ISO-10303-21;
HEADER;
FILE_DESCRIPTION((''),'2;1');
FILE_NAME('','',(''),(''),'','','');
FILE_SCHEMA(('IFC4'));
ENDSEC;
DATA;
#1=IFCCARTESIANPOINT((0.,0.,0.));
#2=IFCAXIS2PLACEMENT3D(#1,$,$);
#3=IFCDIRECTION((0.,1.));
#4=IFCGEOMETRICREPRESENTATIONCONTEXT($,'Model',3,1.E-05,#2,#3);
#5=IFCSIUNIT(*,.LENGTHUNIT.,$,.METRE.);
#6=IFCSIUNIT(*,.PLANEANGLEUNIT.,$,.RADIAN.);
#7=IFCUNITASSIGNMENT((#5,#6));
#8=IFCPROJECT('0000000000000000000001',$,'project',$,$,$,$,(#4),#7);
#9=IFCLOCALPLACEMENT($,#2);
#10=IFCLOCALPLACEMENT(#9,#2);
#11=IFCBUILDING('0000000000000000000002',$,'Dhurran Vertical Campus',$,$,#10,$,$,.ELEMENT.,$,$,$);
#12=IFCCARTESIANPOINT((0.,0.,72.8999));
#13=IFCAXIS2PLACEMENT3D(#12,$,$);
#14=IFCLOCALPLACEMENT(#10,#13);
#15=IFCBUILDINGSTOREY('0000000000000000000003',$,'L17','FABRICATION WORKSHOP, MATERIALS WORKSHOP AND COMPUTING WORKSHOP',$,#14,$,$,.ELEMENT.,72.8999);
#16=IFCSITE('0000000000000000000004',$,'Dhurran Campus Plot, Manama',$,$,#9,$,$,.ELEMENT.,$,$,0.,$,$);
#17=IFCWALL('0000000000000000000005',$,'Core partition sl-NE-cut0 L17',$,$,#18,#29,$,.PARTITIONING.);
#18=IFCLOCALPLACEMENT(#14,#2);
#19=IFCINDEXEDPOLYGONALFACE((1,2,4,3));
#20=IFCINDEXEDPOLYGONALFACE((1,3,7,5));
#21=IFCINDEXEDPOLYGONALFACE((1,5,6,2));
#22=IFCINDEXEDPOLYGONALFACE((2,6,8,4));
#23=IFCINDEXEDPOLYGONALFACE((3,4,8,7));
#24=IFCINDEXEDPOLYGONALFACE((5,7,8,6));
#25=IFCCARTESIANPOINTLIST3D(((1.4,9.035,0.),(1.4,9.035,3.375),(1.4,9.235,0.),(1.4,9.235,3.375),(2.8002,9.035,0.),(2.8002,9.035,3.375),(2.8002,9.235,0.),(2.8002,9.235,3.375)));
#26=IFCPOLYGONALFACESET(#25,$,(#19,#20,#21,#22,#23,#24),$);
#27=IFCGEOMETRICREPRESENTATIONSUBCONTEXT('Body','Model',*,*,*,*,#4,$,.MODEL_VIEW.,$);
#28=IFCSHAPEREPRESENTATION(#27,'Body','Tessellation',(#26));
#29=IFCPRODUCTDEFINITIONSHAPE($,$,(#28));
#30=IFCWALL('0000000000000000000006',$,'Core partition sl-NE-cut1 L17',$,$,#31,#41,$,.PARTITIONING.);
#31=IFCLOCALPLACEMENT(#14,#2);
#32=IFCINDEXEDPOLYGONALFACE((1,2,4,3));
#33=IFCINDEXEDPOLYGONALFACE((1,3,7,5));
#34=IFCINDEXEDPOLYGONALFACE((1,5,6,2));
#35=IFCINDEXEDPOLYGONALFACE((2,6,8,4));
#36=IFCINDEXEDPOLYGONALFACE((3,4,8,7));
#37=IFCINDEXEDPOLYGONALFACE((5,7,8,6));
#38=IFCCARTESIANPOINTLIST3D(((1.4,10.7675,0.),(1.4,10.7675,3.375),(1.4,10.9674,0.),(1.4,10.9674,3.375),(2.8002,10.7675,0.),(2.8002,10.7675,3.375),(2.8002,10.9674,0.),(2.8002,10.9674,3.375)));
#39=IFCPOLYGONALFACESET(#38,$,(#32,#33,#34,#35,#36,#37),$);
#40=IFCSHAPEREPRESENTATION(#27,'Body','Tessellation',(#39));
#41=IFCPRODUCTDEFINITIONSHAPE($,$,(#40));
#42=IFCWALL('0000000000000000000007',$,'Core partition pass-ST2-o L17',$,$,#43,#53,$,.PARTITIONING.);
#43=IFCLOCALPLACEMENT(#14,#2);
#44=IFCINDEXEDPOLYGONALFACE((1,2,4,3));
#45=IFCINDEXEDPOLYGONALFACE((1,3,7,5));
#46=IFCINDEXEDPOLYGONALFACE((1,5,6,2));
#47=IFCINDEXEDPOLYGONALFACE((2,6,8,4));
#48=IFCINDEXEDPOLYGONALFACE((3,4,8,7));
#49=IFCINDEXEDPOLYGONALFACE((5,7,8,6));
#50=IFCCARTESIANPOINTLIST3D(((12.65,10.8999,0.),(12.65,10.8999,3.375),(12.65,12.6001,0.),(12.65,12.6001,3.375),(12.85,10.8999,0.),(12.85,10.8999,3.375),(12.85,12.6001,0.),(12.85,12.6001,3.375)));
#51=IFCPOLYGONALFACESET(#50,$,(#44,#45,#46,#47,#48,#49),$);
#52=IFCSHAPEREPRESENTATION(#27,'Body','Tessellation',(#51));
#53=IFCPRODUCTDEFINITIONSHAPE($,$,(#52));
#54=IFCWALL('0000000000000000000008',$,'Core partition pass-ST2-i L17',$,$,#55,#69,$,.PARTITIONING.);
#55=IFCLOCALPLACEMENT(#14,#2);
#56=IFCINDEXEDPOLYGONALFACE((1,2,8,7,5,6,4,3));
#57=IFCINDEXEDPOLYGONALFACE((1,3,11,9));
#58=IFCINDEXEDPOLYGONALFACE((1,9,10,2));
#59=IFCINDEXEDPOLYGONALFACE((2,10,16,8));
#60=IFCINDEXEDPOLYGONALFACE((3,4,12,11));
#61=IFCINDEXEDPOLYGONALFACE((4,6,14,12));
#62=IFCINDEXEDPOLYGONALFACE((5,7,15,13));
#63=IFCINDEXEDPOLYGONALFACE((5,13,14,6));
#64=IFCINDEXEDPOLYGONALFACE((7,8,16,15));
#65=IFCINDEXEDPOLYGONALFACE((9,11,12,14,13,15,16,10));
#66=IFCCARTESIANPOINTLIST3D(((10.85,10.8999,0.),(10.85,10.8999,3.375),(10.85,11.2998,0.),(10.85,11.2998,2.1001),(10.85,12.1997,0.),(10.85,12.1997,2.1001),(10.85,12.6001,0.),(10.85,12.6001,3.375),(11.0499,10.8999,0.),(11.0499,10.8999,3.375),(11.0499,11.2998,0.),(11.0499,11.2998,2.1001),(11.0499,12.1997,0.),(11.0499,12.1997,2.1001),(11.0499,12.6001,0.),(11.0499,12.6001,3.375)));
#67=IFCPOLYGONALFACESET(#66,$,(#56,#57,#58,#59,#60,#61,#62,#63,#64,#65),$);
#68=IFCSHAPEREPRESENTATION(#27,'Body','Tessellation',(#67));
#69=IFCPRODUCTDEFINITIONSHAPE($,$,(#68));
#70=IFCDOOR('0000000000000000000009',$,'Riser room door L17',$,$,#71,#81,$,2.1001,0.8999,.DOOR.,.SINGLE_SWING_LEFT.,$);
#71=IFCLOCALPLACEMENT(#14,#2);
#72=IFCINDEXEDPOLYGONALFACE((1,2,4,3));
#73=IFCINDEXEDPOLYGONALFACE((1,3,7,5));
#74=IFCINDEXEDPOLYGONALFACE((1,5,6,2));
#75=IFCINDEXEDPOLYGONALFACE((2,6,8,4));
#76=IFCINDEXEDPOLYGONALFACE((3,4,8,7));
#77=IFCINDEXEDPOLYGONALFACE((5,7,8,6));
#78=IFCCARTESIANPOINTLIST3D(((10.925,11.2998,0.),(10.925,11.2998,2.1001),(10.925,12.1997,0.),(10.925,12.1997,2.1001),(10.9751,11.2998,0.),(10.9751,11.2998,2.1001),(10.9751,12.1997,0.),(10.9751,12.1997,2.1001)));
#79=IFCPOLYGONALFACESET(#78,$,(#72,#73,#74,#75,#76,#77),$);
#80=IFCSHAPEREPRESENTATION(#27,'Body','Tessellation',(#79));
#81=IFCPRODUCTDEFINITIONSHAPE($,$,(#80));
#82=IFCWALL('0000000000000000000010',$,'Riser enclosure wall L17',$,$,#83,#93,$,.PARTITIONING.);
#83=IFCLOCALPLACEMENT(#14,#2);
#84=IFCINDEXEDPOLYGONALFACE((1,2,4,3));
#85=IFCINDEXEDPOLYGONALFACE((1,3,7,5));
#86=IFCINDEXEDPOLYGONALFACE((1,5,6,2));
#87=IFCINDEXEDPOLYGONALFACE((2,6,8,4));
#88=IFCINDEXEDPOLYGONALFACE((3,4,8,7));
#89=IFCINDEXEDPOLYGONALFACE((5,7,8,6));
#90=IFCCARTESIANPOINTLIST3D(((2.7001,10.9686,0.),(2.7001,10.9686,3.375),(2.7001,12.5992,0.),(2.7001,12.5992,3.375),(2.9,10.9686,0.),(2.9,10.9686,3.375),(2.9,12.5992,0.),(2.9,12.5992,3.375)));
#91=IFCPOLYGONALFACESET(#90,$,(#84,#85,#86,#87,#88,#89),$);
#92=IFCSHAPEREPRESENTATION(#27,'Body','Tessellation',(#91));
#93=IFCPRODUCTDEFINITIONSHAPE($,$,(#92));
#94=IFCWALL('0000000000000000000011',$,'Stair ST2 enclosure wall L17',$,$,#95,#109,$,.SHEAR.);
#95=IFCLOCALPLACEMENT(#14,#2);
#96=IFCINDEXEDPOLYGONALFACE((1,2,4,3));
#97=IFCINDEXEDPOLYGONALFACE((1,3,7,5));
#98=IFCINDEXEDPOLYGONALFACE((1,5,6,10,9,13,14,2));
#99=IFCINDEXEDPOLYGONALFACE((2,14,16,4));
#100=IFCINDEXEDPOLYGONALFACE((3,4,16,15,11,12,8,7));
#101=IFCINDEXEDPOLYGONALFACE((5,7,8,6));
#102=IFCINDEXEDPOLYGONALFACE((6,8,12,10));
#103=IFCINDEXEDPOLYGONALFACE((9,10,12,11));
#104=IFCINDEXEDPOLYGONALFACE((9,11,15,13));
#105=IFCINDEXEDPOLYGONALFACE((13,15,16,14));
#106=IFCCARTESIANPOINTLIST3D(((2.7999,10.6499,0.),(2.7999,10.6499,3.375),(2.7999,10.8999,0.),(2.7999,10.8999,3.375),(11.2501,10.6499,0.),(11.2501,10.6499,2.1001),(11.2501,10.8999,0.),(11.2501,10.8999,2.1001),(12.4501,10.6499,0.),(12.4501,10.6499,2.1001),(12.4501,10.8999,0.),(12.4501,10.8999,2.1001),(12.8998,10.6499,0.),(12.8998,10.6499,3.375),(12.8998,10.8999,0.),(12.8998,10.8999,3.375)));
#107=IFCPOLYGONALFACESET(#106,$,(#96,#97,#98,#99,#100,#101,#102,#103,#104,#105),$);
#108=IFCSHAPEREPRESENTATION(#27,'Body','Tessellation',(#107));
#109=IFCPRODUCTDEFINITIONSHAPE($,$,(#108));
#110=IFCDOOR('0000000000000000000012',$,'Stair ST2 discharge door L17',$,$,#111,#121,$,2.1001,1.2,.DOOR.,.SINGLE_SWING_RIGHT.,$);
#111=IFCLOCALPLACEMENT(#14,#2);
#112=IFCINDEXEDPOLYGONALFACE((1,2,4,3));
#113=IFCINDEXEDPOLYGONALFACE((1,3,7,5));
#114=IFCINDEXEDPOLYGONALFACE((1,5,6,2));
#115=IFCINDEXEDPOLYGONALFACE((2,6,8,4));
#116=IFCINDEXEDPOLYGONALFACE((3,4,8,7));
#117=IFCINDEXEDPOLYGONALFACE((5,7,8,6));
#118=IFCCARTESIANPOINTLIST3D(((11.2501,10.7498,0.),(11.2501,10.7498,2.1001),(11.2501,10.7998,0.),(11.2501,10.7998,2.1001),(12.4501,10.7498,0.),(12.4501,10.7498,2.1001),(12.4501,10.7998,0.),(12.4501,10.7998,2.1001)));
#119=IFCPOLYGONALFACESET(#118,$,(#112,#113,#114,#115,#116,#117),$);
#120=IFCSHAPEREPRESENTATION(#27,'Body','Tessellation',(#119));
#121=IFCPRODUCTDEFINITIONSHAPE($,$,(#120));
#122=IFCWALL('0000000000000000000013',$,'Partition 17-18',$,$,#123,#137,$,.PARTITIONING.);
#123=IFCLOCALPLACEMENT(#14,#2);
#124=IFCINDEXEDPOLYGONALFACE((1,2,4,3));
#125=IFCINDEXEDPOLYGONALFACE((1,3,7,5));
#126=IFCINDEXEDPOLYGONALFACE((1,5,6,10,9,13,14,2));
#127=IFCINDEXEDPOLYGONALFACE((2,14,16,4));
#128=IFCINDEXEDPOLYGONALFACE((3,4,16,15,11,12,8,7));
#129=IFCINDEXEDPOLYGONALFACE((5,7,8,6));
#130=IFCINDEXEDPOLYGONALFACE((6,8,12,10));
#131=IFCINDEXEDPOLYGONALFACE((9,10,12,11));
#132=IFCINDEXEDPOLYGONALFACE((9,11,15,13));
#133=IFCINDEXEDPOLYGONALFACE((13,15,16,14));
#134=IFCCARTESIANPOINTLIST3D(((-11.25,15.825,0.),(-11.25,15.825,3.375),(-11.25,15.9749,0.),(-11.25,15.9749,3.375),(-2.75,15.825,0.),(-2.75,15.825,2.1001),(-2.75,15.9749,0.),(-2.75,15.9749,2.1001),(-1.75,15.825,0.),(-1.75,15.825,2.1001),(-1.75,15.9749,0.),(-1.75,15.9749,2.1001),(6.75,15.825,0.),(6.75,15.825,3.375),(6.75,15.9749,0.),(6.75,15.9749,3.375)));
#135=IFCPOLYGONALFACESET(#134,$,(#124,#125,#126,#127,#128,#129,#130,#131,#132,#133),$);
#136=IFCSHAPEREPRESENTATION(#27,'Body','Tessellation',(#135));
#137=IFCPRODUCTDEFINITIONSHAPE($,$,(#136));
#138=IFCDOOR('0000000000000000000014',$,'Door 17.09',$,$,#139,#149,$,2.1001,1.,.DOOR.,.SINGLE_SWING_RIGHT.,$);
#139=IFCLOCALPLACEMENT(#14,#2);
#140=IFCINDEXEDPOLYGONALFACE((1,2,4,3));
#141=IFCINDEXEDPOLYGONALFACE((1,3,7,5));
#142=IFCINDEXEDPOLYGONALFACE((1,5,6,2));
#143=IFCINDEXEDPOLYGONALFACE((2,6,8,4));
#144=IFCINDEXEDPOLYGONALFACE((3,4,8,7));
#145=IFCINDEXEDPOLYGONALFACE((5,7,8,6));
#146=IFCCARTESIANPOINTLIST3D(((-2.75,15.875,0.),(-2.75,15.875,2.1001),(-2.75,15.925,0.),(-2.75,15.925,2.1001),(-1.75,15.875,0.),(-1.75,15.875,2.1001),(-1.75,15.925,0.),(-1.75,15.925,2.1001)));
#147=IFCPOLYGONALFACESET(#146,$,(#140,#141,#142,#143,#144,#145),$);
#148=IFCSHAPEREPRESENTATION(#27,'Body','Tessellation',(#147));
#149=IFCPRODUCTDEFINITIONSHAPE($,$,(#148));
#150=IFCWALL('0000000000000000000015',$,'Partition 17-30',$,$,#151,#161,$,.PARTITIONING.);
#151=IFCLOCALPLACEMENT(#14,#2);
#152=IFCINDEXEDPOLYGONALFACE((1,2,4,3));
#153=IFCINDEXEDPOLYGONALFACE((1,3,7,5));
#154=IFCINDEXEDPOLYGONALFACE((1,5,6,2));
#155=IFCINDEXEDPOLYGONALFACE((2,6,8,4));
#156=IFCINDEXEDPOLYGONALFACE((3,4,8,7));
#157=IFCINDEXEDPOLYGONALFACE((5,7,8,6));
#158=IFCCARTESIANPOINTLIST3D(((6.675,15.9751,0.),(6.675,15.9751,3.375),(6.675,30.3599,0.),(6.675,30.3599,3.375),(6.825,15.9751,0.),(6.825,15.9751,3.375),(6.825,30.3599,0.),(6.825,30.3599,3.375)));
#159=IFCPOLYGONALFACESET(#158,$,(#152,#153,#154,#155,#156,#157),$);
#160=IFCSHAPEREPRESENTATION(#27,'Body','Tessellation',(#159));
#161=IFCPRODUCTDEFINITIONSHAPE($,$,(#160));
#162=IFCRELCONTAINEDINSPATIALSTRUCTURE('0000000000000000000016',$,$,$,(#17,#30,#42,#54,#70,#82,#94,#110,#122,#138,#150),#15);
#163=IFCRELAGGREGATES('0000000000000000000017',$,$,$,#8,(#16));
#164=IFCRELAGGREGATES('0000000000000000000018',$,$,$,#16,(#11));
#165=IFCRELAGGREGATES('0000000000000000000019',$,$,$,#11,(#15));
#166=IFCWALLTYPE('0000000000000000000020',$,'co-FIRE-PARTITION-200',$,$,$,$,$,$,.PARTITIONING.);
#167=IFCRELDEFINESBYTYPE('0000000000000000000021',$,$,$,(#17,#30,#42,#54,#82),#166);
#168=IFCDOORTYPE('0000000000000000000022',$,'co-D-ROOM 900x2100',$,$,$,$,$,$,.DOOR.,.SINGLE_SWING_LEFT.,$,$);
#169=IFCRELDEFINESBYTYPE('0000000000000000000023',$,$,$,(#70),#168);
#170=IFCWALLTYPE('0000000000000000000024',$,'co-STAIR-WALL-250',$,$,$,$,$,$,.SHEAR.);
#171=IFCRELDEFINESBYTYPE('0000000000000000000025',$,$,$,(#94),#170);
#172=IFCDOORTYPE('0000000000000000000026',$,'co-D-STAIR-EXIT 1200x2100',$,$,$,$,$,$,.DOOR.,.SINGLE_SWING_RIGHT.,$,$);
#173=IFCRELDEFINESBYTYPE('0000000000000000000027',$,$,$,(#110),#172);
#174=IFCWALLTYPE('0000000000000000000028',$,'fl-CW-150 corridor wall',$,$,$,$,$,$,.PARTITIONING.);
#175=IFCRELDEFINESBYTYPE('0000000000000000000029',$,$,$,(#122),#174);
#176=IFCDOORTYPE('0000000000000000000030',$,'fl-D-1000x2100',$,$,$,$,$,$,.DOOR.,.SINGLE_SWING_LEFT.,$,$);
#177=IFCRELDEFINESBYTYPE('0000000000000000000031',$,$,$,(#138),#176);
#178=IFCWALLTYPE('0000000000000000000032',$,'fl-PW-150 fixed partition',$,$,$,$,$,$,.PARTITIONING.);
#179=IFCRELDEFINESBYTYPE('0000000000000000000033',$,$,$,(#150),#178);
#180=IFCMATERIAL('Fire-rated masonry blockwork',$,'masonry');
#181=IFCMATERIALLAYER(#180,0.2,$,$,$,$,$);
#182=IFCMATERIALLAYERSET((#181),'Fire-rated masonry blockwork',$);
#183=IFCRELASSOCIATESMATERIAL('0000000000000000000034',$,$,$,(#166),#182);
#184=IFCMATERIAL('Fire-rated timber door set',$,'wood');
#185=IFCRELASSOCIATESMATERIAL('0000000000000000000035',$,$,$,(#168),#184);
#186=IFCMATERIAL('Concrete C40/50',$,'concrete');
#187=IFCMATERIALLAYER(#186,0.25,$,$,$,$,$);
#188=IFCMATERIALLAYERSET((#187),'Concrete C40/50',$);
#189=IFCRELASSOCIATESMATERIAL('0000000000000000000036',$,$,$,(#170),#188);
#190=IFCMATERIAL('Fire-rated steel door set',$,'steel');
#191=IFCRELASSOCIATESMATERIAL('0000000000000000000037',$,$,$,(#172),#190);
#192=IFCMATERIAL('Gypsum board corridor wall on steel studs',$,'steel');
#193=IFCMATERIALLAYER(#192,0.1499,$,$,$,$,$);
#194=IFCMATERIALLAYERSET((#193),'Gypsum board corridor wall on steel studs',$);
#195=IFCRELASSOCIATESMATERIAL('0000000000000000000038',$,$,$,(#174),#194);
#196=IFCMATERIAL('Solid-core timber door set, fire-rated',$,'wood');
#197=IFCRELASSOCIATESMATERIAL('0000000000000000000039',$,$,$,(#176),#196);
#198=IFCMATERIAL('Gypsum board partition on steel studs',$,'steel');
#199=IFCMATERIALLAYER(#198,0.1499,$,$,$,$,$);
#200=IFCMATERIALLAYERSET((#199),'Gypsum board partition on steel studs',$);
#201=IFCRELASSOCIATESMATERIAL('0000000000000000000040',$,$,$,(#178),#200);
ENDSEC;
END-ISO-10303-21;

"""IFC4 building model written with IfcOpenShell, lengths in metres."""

from ifc_helpers import new_model, si_unit, direction, frame, frame_2d, origin, place, context, subcontext, project, spatial, rectangle, extrude, material, layer, layer_set, type_object, element, fill, save


model = new_model("IFC4")

# Units and contexts
model_context = context("Model", 3, precision=1e-05, world=origin(), true_north=direction((0.0, 1.0)))
body_context = subcontext(model_context, "Body", "Model", "MODEL_VIEW")
ifc_project = project(units=[si_unit("LENGTHUNIT", "METRE"), si_unit("PLANEANGLEUNIT", "RADIAN")], contexts=[model_context])

# Site, building, storey
site_placement = place(None, origin())
site = spatial("IfcSite", under=ifc_project, at=site_placement, Name="Dhurran Campus Plot, Manama", CompositionType="ELEMENT", RefElevation=0.0)
building_placement = place(site_placement, origin())
building = spatial("IfcBuilding", under=site, at=building_placement, Name="Dhurran Vertical Campus", CompositionType="ELEMENT")
storey_placement = place(building_placement, frame((0.0, 0.0, 72.8999)))
storey = spatial("IfcBuildingStorey", under=building, at=storey_placement, Name="L17", Description="FABRICATION WORKSHOP, MATERIALS WORKSHOP AND COMPUTING WORKSHOP", CompositionType="ELEMENT", Elevation=72.8999)

# Walls
ifc_material_1 = material(Name="Fire-rated masonry blockwork", Category="masonry")
ifc_layer_1 = layer(ifc_material_1, 0.2)
ifc_layer_set_1 = layer_set([ifc_layer_1], Name="Fire-rated masonry blockwork")
wall_type_1 = type_object("IfcWallType", Name="co-FIRE-PARTITION-200", PredefinedType="PARTITIONING", material=ifc_layer_set_1)
for number, where, z_axis, x_axis, name in (
    (1, (1.3999, 9.135, 0.0), (0.0, 0.0, 1.0), (1.0, 0.0, 0.0), "Core partition sl-NE-cut0 L17"),
    (2, (1.3999, 10.8674, 0.0), (0.0, 0.0, 1.0), (1.0, 0.0, 0.0), "Core partition sl-NE-cut1 L17"),
):
    element("IfcWall", number, at=place(storey_placement, frame(where, z_axis=z_axis, x_axis=x_axis)), inside=storey, type_object=wall_type_1, Name=name, PredefinedType="PARTITIONING", context=body_context, shape_type="SweptSolid", body=[
        extrude(rectangle(XDim=1.4001, YDim=0.2, at=frame_2d((0.7002, 0.0))), origin(), (0.0, 0.0, 1.0), 3.375),
    ])
wall_1_placement = place(storey_placement, frame((12.75, 10.8999, 0.0), z_axis=(0.0, 0.0, 1.0), x_axis=(0.0, 1.0, 0.0)))
element("IfcWall", 3, at=wall_1_placement, inside=storey, type_object=wall_type_1, Name="Core partition pass-ST2-o L17", PredefinedType="PARTITIONING", context=body_context, shape_type="SweptSolid", body=[
    extrude(rectangle(XDim=1.7002, YDim=0.2, at=frame_2d((0.8501, 0.0))), origin(), (0.0, 0.0, 1.0), 3.375),
])

# Wall, opening, door
wall_2_placement = place(storey_placement, frame((10.95, 10.8999, 0.0), z_axis=(0.0, 0.0, 1.0), x_axis=(0.0, 1.0, 0.0)))
wall_2 = element("IfcWall", 4, at=wall_2_placement, inside=storey, type_object=wall_type_1, Name="Core partition pass-ST2-i L17", PredefinedType="PARTITIONING", context=body_context, shape_type="SweptSolid", body=[
    extrude(rectangle(XDim=1.7002, YDim=0.2, at=frame_2d((0.8501, 0.0))), origin(), (0.0, 0.0, 1.0), 3.375),
])
opening_1_placement = place(wall_2_placement, frame((0.3999, 0.0, 0.0)))
opening_1 = element("IfcOpeningElement", 5, at=opening_1_placement, cuts=wall_2, PredefinedType="OPENING", context=body_context, shape_type="SweptSolid", body=[
    extrude(rectangle(XDim=0.8999, YDim=2.1001, at=frame_2d((0.45, 1.05))), frame((0.0, 0.1099, 0.0), z_axis=(0.0, -1.0, 0.0), x_axis=(1.0, 0.0, 0.0)), (0.0, 0.0, 1.0), 0.22),
])
ifc_material_2 = material(Name="Fire-rated timber door set", Category="wood")
door_type_1 = type_object("IfcDoorType", Name="co-D-ROOM 900x2100", OperationType="SINGLE_SWING_LEFT", PredefinedType="DOOR", material=ifc_material_2)
door_1_placement = place(opening_1_placement, origin())
door_1 = element("IfcDoor", 6, at=door_1_placement, inside=storey, type_object=door_type_1, Name="Riser room door L17", OperationType="SINGLE_SWING_LEFT", OverallHeight=2.1001, OverallWidth=0.8999, PredefinedType="DOOR", context=body_context, shape_type="SweptSolid", body=[
    extrude(rectangle(XDim=0.8999, YDim=2.1001, at=frame_2d((0.45, 1.05))), frame((0.0, 0.0249, 0.0), z_axis=(0.0, -1.0, 0.0), x_axis=(1.0, 0.0, 0.0)), (0.0, 0.0, 1.0), 0.05),
])
fill(opening_1, door_1)

# Wall
wall_3_placement = place(storey_placement, frame((2.8, 10.9685, 0.0), z_axis=(0.0, 0.0, 1.0), x_axis=(0.0, 1.0, 0.0)))
element("IfcWall", 7, at=wall_3_placement, inside=storey, type_object=wall_type_1, Name="Riser enclosure wall L17", PredefinedType="PARTITIONING", context=body_context, shape_type="SweptSolid", body=[
    extrude(rectangle(XDim=1.6306, YDim=0.2, at=frame_2d((0.8154, 0.0))), origin(), (0.0, 0.0, 1.0), 3.375),
])

# Walls, openings, doors
ifc_material_3 = material(Name="Concrete C40/50", Category="concrete")
ifc_layer_2 = layer(ifc_material_3, 0.25)
ifc_layer_set_2 = layer_set([ifc_layer_2], Name="Concrete C40/50")
wall_type_2 = type_object("IfcWallType", Name="co-STAIR-WALL-250", PredefinedType="SHEAR", material=ifc_layer_set_2)
wall_4_placement = place(storey_placement, frame((2.8, 10.7749, 0.0), z_axis=(0.0, 0.0, 1.0), x_axis=(1.0, 0.0, 0.0)))
wall_4 = element("IfcWall", 8, at=wall_4_placement, inside=storey, type_object=wall_type_2, Name="Stair ST2 enclosure wall L17", PredefinedType="SHEAR", context=body_context, shape_type="SweptSolid", body=[
    extrude(rectangle(XDim=10.0999, YDim=0.25, at=frame_2d((5.0498, 0.0))), origin(), (0.0, 0.0, 1.0), 3.375),
])
opening_2_placement = place(wall_4_placement, frame((8.45, 0.0, 0.0)))
opening_2 = element("IfcOpeningElement", 9, at=opening_2_placement, cuts=wall_4, PredefinedType="OPENING", context=body_context, shape_type="SweptSolid", body=[
    extrude(rectangle(XDim=1.2, YDim=2.1001, at=frame_2d((0.6001, 1.05))), frame((0.0, 0.135, 0.0), z_axis=(0.0, -1.0, 0.0), x_axis=(1.0, 0.0, 0.0)), (0.0, 0.0, 1.0), 0.27),
])
ifc_material_4 = material(Name="Fire-rated steel door set", Category="steel")
door_type_2 = type_object("IfcDoorType", Name="co-D-STAIR-EXIT 1200x2100", OperationType="SINGLE_SWING_RIGHT", PredefinedType="DOOR", material=ifc_material_4)
door_2_placement = place(opening_2_placement, origin())
door_2 = element("IfcDoor", 10, at=door_2_placement, inside=storey, type_object=door_type_2, Name="Stair ST2 discharge door L17", OperationType="SINGLE_SWING_RIGHT", OverallHeight=2.1001, OverallWidth=1.2, PredefinedType="DOOR", context=body_context, shape_type="SweptSolid", body=[
    extrude(rectangle(XDim=1.2, YDim=2.1001, at=frame_2d((0.6001, 1.05))), frame((0.0, 0.0249, 0.0), z_axis=(0.0, -1.0, 0.0), x_axis=(1.0, 0.0, 0.0)), (0.0, 0.0, 1.0), 0.05),
])
fill(opening_2, door_2)
ifc_material_5 = material(Name="Gypsum board corridor wall on steel studs", Category="steel")
ifc_layer_3 = layer(ifc_material_5, 0.1499)
ifc_layer_set_3 = layer_set([ifc_layer_3], Name="Gypsum board corridor wall on steel studs")
wall_type_3 = type_object("IfcWallType", Name="fl-CW-150 corridor wall", PredefinedType="PARTITIONING", material=ifc_layer_set_3)
wall_5_placement = place(storey_placement, frame((6.75, 15.8999, 0.0), z_axis=(0.0, 0.0, 1.0), x_axis=(-1.0, 0.0, 0.0)))
wall_5 = element("IfcWall", 11, at=wall_5_placement, inside=storey, type_object=wall_type_3, Name="Partition 17-18", PredefinedType="PARTITIONING", context=body_context, shape_type="SweptSolid", body=[
    extrude(rectangle(XDim=18.0, YDim=0.1499, at=frame_2d((9.0, 0.0))), origin(), (0.0, 0.0, 1.0), 3.375),
])
opening_3_placement = place(wall_5_placement, frame((8.5, 0.0, 0.0)))
opening_3 = element("IfcOpeningElement", 12, at=opening_3_placement, cuts=wall_5, PredefinedType="OPENING", context=body_context, shape_type="SweptSolid", body=[
    extrude(rectangle(XDim=1.0, YDim=2.1001, at=frame_2d((0.5, 1.05))), frame((0.0, 0.085, 0.0), z_axis=(0.0, -1.0, 0.0), x_axis=(1.0, 0.0, 0.0)), (0.0, 0.0, 1.0), 0.1699),
])
ifc_material_6 = material(Name="Solid-core timber door set, fire-rated", Category="wood")
door_type_3 = type_object("IfcDoorType", Name="fl-D-1000x2100", OperationType="SINGLE_SWING_LEFT", PredefinedType="DOOR", material=ifc_material_6)
door_3_placement = place(opening_3_placement, origin())
door_3 = element("IfcDoor", 13, at=door_3_placement, inside=storey, type_object=door_type_3, Name="Door 17.09", OperationType="SINGLE_SWING_RIGHT", OverallHeight=2.1001, OverallWidth=1.0, PredefinedType="DOOR", context=body_context, shape_type="SweptSolid", body=[
    extrude(rectangle(XDim=1.0, YDim=2.1001, at=frame_2d((0.5, 1.05))), frame((0.0, 0.0249, 0.0), z_axis=(0.0, -1.0, 0.0), x_axis=(1.0, 0.0, 0.0)), (0.0, 0.0, 1.0), 0.05),
])
fill(opening_3, door_3)

# Wall
ifc_material_7 = material(Name="Gypsum board partition on steel studs", Category="steel")
ifc_layer_4 = layer(ifc_material_7, 0.1499)
ifc_layer_set_4 = layer_set([ifc_layer_4], Name="Gypsum board partition on steel studs")
wall_type_4 = type_object("IfcWallType", Name="fl-PW-150 fixed partition", PredefinedType="PARTITIONING", material=ifc_layer_set_4)
wall_6_placement = place(storey_placement, frame((6.75, 30.3599, 0.0), z_axis=(0.0, 0.0, 1.0), x_axis=(0.0, -1.0, 0.0)))
element("IfcWall", 14, at=wall_6_placement, inside=storey, type_object=wall_type_4, Name="Partition 17-30", PredefinedType="PARTITIONING", context=body_context, shape_type="SweptSolid", body=[
    extrude(rectangle(XDim=14.3848, YDim=0.1499, at=frame_2d((7.1924, 0.0))), origin(), (0.0, 0.0, 1.0), 3.375),
])

save(model, "model.ifc")
